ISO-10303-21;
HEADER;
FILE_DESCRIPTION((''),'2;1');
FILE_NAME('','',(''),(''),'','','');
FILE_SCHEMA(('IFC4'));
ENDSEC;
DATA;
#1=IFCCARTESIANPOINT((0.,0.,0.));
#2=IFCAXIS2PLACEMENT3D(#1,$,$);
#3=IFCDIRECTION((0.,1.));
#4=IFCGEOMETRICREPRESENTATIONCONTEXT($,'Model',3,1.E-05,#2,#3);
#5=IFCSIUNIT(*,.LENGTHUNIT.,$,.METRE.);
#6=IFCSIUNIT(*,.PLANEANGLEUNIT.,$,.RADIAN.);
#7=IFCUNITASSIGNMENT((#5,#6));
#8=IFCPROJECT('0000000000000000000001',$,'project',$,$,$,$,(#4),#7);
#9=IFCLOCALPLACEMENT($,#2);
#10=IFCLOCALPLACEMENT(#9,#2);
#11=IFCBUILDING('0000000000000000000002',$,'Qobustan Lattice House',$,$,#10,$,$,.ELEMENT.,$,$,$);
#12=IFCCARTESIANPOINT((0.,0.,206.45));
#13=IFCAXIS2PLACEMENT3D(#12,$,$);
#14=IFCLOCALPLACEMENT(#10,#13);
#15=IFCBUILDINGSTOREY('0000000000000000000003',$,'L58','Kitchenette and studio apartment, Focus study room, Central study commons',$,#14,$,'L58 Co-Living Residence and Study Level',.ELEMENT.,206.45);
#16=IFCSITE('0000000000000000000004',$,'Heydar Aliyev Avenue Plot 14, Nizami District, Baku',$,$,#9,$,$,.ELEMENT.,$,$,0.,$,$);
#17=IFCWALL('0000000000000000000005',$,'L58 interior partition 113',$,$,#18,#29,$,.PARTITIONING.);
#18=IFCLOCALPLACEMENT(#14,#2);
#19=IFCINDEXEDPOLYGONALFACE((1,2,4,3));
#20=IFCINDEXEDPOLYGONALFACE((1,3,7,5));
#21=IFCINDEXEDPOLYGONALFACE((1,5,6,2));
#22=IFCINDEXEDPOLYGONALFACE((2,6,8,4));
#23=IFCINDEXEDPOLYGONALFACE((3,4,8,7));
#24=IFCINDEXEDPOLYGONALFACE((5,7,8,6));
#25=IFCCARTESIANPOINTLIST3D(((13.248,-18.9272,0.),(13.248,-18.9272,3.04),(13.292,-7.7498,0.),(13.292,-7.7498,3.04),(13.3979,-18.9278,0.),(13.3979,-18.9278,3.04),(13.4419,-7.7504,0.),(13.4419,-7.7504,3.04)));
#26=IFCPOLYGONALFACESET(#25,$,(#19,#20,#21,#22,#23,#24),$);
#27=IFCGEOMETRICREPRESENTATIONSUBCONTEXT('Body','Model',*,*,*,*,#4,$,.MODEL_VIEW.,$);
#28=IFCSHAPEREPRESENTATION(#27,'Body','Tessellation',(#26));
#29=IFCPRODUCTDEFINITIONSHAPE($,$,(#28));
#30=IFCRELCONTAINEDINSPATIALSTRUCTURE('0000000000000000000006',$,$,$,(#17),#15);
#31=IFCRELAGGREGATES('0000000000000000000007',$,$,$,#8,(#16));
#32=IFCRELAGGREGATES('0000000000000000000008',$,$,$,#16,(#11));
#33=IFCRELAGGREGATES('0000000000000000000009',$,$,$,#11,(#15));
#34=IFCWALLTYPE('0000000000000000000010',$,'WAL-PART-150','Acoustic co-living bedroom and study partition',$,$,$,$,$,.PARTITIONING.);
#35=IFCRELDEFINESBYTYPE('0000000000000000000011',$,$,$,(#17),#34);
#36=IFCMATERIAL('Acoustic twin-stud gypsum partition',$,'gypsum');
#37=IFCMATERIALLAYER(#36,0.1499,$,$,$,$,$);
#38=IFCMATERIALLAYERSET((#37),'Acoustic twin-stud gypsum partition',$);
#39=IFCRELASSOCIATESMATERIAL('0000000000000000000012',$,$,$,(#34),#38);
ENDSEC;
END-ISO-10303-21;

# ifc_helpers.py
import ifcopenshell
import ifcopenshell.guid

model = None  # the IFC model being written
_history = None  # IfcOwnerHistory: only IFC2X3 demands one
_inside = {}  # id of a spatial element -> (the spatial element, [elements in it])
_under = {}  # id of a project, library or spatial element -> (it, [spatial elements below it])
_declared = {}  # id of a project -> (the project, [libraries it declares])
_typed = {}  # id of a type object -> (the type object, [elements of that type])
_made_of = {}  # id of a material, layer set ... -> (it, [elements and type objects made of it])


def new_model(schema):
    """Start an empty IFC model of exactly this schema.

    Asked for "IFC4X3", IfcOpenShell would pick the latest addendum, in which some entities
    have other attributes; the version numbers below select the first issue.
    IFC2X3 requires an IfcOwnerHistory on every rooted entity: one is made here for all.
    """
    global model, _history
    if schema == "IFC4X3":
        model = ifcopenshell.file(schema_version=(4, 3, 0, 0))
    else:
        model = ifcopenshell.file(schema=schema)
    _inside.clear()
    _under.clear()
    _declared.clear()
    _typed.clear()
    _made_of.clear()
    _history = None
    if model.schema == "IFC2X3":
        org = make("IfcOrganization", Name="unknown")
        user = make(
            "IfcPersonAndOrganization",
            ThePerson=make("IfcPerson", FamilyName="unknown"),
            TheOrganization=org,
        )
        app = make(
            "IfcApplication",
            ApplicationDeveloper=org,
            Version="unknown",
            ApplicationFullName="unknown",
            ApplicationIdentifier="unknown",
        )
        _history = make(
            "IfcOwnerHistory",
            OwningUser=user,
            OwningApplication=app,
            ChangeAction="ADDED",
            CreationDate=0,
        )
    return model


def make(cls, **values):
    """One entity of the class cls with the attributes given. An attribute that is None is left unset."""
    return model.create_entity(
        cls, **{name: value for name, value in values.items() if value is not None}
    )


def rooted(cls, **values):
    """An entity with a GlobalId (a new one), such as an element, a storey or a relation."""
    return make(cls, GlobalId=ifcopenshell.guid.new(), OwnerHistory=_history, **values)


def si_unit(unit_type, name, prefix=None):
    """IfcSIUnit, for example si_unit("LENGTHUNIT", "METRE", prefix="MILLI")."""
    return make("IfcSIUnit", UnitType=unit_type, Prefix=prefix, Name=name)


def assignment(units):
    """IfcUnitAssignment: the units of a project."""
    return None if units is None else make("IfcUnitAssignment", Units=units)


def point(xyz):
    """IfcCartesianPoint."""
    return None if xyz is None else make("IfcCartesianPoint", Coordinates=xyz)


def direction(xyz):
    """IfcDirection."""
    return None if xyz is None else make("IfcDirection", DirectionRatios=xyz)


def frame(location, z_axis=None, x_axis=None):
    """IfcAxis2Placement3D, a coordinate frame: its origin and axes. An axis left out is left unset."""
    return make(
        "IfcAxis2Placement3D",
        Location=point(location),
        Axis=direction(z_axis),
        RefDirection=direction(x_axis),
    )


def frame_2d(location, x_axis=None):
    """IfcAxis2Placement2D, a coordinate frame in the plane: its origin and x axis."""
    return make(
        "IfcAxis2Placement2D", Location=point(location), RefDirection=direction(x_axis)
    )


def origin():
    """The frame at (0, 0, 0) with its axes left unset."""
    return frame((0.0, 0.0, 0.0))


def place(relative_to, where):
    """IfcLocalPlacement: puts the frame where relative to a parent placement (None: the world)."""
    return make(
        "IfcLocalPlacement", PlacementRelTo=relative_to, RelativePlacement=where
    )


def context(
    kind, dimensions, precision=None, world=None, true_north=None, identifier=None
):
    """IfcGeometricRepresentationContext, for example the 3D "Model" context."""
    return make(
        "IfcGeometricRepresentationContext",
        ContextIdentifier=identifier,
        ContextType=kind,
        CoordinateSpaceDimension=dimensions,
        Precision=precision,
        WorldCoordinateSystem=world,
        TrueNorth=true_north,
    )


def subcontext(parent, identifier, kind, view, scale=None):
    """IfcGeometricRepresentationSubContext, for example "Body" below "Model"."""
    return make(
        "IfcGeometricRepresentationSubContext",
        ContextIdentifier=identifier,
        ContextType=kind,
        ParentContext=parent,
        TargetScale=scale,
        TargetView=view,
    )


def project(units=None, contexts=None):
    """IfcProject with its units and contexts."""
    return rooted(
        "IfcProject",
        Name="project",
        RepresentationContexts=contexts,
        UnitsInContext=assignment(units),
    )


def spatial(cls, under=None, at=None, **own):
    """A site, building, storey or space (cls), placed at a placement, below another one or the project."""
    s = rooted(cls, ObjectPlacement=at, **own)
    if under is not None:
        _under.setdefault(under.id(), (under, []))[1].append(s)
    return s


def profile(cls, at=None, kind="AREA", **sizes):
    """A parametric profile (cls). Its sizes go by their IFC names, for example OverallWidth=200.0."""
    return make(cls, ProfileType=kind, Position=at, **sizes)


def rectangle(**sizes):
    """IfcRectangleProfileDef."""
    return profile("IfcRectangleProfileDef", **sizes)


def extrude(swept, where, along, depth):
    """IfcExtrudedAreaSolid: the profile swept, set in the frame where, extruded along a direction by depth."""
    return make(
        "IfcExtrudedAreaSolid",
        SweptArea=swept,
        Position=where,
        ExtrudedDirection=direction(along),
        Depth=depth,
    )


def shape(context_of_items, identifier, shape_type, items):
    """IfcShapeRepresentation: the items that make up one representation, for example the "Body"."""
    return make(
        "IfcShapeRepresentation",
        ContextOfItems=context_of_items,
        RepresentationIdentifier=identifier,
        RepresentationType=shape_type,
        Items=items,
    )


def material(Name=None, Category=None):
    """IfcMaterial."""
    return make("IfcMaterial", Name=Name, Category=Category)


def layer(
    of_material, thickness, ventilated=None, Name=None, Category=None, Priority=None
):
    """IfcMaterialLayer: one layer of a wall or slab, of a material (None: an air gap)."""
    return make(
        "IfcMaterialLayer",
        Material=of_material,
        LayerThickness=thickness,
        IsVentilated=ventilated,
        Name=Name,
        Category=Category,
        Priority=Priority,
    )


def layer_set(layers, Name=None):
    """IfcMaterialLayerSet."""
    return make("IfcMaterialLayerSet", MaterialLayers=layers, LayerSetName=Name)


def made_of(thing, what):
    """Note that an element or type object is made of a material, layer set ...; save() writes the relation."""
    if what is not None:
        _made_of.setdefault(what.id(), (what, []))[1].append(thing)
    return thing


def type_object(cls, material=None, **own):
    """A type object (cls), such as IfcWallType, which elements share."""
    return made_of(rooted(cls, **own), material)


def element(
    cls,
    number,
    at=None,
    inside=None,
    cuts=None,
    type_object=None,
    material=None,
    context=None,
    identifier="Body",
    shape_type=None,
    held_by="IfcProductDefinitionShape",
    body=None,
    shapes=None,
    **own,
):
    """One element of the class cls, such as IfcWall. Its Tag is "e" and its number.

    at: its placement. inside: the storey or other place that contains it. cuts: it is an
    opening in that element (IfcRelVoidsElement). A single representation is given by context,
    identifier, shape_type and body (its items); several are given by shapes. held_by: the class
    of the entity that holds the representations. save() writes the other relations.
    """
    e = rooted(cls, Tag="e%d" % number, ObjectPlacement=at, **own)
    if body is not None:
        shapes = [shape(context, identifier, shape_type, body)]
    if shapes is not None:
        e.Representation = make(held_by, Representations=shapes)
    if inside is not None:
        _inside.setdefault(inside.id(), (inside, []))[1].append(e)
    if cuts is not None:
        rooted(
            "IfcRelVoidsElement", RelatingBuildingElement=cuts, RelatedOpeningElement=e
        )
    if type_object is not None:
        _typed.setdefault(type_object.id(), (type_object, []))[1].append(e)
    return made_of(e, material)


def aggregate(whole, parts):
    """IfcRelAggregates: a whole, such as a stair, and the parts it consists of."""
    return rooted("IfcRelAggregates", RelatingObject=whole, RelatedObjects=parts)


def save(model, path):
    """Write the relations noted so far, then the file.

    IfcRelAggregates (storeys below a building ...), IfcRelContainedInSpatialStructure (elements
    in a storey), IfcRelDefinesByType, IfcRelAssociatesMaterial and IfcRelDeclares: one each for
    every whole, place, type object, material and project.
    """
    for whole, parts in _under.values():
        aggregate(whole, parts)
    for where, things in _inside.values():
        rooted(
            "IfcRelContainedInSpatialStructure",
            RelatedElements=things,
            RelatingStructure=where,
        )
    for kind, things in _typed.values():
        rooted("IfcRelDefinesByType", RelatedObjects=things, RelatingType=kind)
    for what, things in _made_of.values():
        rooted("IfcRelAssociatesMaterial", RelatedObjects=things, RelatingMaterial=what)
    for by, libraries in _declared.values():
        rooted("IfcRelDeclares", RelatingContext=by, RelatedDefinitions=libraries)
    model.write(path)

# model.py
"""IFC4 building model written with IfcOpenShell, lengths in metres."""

from ifc_helpers import new_model, si_unit, direction, frame, frame_2d, origin, place, context, subcontext, project, spatial, rectangle, extrude, material, layer, layer_set, type_object, element, save


model = new_model("IFC4")

# Units and contexts
model_context = context("Model", 3, precision=1e-05, world=origin(), true_north=direction((0.0, 1.0)))
body_context = subcontext(model_context, "Body", "Model", "MODEL_VIEW")
ifc_project = project(units=[si_unit("LENGTHUNIT", "METRE"), si_unit("PLANEANGLEUNIT", "RADIAN")], contexts=[model_context])

# Site, building, storey
site_placement = place(None, origin())
site = spatial("IfcSite", under=ifc_project, at=site_placement, Name="Heydar Aliyev Avenue Plot 14, Nizami District, Baku", CompositionType="ELEMENT", RefElevation=0.0)
building_placement = place(site_placement, origin())
building = spatial("IfcBuilding", under=site, at=building_placement, Name="Qobustan Lattice House", CompositionType="ELEMENT")
storey_placement = place(building_placement, frame((0.0, 0.0, 206.45)))
storey = spatial("IfcBuildingStorey", under=building, at=storey_placement, Name="L58", Description="Kitchenette and studio apartment, Focus study room, Central study commons", LongName="L58 Co-Living Residence and Study Level", CompositionType="ELEMENT", Elevation=206.45)

# Wall
ifc_material_1 = material(Name="Acoustic twin-stud gypsum partition", Category="gypsum")
ifc_layer_1 = layer(ifc_material_1, 0.1499)
ifc_layer_set_1 = layer_set([ifc_layer_1], Name="Acoustic twin-stud gypsum partition")
wall_type_1 = type_object("IfcWallType", Name="WAL-PART-150", Description="Acoustic co-living bedroom and study partition", PredefinedType="PARTITIONING", material=ifc_layer_set_1)
wall_1_placement = place(storey_placement, frame((13.3669, -7.75, 0.0), z_axis=(0.0, 0.0, 1.0), x_axis=(-0.003932, -0.999992, 0.0)))
element("IfcWall", 1, at=wall_1_placement, inside=storey, type_object=wall_type_1, Name="L58 interior partition 113", PredefinedType="PARTITIONING", context=body_context, shape_type="SweptSolid", body=[
    extrude(rectangle(XDim=11.1775, YDim=0.1499, at=frame_2d((5.5889, 0.0))), origin(), (0.0, 0.0, 1.0), 3.04),
])

save(model, "model.ifc")
